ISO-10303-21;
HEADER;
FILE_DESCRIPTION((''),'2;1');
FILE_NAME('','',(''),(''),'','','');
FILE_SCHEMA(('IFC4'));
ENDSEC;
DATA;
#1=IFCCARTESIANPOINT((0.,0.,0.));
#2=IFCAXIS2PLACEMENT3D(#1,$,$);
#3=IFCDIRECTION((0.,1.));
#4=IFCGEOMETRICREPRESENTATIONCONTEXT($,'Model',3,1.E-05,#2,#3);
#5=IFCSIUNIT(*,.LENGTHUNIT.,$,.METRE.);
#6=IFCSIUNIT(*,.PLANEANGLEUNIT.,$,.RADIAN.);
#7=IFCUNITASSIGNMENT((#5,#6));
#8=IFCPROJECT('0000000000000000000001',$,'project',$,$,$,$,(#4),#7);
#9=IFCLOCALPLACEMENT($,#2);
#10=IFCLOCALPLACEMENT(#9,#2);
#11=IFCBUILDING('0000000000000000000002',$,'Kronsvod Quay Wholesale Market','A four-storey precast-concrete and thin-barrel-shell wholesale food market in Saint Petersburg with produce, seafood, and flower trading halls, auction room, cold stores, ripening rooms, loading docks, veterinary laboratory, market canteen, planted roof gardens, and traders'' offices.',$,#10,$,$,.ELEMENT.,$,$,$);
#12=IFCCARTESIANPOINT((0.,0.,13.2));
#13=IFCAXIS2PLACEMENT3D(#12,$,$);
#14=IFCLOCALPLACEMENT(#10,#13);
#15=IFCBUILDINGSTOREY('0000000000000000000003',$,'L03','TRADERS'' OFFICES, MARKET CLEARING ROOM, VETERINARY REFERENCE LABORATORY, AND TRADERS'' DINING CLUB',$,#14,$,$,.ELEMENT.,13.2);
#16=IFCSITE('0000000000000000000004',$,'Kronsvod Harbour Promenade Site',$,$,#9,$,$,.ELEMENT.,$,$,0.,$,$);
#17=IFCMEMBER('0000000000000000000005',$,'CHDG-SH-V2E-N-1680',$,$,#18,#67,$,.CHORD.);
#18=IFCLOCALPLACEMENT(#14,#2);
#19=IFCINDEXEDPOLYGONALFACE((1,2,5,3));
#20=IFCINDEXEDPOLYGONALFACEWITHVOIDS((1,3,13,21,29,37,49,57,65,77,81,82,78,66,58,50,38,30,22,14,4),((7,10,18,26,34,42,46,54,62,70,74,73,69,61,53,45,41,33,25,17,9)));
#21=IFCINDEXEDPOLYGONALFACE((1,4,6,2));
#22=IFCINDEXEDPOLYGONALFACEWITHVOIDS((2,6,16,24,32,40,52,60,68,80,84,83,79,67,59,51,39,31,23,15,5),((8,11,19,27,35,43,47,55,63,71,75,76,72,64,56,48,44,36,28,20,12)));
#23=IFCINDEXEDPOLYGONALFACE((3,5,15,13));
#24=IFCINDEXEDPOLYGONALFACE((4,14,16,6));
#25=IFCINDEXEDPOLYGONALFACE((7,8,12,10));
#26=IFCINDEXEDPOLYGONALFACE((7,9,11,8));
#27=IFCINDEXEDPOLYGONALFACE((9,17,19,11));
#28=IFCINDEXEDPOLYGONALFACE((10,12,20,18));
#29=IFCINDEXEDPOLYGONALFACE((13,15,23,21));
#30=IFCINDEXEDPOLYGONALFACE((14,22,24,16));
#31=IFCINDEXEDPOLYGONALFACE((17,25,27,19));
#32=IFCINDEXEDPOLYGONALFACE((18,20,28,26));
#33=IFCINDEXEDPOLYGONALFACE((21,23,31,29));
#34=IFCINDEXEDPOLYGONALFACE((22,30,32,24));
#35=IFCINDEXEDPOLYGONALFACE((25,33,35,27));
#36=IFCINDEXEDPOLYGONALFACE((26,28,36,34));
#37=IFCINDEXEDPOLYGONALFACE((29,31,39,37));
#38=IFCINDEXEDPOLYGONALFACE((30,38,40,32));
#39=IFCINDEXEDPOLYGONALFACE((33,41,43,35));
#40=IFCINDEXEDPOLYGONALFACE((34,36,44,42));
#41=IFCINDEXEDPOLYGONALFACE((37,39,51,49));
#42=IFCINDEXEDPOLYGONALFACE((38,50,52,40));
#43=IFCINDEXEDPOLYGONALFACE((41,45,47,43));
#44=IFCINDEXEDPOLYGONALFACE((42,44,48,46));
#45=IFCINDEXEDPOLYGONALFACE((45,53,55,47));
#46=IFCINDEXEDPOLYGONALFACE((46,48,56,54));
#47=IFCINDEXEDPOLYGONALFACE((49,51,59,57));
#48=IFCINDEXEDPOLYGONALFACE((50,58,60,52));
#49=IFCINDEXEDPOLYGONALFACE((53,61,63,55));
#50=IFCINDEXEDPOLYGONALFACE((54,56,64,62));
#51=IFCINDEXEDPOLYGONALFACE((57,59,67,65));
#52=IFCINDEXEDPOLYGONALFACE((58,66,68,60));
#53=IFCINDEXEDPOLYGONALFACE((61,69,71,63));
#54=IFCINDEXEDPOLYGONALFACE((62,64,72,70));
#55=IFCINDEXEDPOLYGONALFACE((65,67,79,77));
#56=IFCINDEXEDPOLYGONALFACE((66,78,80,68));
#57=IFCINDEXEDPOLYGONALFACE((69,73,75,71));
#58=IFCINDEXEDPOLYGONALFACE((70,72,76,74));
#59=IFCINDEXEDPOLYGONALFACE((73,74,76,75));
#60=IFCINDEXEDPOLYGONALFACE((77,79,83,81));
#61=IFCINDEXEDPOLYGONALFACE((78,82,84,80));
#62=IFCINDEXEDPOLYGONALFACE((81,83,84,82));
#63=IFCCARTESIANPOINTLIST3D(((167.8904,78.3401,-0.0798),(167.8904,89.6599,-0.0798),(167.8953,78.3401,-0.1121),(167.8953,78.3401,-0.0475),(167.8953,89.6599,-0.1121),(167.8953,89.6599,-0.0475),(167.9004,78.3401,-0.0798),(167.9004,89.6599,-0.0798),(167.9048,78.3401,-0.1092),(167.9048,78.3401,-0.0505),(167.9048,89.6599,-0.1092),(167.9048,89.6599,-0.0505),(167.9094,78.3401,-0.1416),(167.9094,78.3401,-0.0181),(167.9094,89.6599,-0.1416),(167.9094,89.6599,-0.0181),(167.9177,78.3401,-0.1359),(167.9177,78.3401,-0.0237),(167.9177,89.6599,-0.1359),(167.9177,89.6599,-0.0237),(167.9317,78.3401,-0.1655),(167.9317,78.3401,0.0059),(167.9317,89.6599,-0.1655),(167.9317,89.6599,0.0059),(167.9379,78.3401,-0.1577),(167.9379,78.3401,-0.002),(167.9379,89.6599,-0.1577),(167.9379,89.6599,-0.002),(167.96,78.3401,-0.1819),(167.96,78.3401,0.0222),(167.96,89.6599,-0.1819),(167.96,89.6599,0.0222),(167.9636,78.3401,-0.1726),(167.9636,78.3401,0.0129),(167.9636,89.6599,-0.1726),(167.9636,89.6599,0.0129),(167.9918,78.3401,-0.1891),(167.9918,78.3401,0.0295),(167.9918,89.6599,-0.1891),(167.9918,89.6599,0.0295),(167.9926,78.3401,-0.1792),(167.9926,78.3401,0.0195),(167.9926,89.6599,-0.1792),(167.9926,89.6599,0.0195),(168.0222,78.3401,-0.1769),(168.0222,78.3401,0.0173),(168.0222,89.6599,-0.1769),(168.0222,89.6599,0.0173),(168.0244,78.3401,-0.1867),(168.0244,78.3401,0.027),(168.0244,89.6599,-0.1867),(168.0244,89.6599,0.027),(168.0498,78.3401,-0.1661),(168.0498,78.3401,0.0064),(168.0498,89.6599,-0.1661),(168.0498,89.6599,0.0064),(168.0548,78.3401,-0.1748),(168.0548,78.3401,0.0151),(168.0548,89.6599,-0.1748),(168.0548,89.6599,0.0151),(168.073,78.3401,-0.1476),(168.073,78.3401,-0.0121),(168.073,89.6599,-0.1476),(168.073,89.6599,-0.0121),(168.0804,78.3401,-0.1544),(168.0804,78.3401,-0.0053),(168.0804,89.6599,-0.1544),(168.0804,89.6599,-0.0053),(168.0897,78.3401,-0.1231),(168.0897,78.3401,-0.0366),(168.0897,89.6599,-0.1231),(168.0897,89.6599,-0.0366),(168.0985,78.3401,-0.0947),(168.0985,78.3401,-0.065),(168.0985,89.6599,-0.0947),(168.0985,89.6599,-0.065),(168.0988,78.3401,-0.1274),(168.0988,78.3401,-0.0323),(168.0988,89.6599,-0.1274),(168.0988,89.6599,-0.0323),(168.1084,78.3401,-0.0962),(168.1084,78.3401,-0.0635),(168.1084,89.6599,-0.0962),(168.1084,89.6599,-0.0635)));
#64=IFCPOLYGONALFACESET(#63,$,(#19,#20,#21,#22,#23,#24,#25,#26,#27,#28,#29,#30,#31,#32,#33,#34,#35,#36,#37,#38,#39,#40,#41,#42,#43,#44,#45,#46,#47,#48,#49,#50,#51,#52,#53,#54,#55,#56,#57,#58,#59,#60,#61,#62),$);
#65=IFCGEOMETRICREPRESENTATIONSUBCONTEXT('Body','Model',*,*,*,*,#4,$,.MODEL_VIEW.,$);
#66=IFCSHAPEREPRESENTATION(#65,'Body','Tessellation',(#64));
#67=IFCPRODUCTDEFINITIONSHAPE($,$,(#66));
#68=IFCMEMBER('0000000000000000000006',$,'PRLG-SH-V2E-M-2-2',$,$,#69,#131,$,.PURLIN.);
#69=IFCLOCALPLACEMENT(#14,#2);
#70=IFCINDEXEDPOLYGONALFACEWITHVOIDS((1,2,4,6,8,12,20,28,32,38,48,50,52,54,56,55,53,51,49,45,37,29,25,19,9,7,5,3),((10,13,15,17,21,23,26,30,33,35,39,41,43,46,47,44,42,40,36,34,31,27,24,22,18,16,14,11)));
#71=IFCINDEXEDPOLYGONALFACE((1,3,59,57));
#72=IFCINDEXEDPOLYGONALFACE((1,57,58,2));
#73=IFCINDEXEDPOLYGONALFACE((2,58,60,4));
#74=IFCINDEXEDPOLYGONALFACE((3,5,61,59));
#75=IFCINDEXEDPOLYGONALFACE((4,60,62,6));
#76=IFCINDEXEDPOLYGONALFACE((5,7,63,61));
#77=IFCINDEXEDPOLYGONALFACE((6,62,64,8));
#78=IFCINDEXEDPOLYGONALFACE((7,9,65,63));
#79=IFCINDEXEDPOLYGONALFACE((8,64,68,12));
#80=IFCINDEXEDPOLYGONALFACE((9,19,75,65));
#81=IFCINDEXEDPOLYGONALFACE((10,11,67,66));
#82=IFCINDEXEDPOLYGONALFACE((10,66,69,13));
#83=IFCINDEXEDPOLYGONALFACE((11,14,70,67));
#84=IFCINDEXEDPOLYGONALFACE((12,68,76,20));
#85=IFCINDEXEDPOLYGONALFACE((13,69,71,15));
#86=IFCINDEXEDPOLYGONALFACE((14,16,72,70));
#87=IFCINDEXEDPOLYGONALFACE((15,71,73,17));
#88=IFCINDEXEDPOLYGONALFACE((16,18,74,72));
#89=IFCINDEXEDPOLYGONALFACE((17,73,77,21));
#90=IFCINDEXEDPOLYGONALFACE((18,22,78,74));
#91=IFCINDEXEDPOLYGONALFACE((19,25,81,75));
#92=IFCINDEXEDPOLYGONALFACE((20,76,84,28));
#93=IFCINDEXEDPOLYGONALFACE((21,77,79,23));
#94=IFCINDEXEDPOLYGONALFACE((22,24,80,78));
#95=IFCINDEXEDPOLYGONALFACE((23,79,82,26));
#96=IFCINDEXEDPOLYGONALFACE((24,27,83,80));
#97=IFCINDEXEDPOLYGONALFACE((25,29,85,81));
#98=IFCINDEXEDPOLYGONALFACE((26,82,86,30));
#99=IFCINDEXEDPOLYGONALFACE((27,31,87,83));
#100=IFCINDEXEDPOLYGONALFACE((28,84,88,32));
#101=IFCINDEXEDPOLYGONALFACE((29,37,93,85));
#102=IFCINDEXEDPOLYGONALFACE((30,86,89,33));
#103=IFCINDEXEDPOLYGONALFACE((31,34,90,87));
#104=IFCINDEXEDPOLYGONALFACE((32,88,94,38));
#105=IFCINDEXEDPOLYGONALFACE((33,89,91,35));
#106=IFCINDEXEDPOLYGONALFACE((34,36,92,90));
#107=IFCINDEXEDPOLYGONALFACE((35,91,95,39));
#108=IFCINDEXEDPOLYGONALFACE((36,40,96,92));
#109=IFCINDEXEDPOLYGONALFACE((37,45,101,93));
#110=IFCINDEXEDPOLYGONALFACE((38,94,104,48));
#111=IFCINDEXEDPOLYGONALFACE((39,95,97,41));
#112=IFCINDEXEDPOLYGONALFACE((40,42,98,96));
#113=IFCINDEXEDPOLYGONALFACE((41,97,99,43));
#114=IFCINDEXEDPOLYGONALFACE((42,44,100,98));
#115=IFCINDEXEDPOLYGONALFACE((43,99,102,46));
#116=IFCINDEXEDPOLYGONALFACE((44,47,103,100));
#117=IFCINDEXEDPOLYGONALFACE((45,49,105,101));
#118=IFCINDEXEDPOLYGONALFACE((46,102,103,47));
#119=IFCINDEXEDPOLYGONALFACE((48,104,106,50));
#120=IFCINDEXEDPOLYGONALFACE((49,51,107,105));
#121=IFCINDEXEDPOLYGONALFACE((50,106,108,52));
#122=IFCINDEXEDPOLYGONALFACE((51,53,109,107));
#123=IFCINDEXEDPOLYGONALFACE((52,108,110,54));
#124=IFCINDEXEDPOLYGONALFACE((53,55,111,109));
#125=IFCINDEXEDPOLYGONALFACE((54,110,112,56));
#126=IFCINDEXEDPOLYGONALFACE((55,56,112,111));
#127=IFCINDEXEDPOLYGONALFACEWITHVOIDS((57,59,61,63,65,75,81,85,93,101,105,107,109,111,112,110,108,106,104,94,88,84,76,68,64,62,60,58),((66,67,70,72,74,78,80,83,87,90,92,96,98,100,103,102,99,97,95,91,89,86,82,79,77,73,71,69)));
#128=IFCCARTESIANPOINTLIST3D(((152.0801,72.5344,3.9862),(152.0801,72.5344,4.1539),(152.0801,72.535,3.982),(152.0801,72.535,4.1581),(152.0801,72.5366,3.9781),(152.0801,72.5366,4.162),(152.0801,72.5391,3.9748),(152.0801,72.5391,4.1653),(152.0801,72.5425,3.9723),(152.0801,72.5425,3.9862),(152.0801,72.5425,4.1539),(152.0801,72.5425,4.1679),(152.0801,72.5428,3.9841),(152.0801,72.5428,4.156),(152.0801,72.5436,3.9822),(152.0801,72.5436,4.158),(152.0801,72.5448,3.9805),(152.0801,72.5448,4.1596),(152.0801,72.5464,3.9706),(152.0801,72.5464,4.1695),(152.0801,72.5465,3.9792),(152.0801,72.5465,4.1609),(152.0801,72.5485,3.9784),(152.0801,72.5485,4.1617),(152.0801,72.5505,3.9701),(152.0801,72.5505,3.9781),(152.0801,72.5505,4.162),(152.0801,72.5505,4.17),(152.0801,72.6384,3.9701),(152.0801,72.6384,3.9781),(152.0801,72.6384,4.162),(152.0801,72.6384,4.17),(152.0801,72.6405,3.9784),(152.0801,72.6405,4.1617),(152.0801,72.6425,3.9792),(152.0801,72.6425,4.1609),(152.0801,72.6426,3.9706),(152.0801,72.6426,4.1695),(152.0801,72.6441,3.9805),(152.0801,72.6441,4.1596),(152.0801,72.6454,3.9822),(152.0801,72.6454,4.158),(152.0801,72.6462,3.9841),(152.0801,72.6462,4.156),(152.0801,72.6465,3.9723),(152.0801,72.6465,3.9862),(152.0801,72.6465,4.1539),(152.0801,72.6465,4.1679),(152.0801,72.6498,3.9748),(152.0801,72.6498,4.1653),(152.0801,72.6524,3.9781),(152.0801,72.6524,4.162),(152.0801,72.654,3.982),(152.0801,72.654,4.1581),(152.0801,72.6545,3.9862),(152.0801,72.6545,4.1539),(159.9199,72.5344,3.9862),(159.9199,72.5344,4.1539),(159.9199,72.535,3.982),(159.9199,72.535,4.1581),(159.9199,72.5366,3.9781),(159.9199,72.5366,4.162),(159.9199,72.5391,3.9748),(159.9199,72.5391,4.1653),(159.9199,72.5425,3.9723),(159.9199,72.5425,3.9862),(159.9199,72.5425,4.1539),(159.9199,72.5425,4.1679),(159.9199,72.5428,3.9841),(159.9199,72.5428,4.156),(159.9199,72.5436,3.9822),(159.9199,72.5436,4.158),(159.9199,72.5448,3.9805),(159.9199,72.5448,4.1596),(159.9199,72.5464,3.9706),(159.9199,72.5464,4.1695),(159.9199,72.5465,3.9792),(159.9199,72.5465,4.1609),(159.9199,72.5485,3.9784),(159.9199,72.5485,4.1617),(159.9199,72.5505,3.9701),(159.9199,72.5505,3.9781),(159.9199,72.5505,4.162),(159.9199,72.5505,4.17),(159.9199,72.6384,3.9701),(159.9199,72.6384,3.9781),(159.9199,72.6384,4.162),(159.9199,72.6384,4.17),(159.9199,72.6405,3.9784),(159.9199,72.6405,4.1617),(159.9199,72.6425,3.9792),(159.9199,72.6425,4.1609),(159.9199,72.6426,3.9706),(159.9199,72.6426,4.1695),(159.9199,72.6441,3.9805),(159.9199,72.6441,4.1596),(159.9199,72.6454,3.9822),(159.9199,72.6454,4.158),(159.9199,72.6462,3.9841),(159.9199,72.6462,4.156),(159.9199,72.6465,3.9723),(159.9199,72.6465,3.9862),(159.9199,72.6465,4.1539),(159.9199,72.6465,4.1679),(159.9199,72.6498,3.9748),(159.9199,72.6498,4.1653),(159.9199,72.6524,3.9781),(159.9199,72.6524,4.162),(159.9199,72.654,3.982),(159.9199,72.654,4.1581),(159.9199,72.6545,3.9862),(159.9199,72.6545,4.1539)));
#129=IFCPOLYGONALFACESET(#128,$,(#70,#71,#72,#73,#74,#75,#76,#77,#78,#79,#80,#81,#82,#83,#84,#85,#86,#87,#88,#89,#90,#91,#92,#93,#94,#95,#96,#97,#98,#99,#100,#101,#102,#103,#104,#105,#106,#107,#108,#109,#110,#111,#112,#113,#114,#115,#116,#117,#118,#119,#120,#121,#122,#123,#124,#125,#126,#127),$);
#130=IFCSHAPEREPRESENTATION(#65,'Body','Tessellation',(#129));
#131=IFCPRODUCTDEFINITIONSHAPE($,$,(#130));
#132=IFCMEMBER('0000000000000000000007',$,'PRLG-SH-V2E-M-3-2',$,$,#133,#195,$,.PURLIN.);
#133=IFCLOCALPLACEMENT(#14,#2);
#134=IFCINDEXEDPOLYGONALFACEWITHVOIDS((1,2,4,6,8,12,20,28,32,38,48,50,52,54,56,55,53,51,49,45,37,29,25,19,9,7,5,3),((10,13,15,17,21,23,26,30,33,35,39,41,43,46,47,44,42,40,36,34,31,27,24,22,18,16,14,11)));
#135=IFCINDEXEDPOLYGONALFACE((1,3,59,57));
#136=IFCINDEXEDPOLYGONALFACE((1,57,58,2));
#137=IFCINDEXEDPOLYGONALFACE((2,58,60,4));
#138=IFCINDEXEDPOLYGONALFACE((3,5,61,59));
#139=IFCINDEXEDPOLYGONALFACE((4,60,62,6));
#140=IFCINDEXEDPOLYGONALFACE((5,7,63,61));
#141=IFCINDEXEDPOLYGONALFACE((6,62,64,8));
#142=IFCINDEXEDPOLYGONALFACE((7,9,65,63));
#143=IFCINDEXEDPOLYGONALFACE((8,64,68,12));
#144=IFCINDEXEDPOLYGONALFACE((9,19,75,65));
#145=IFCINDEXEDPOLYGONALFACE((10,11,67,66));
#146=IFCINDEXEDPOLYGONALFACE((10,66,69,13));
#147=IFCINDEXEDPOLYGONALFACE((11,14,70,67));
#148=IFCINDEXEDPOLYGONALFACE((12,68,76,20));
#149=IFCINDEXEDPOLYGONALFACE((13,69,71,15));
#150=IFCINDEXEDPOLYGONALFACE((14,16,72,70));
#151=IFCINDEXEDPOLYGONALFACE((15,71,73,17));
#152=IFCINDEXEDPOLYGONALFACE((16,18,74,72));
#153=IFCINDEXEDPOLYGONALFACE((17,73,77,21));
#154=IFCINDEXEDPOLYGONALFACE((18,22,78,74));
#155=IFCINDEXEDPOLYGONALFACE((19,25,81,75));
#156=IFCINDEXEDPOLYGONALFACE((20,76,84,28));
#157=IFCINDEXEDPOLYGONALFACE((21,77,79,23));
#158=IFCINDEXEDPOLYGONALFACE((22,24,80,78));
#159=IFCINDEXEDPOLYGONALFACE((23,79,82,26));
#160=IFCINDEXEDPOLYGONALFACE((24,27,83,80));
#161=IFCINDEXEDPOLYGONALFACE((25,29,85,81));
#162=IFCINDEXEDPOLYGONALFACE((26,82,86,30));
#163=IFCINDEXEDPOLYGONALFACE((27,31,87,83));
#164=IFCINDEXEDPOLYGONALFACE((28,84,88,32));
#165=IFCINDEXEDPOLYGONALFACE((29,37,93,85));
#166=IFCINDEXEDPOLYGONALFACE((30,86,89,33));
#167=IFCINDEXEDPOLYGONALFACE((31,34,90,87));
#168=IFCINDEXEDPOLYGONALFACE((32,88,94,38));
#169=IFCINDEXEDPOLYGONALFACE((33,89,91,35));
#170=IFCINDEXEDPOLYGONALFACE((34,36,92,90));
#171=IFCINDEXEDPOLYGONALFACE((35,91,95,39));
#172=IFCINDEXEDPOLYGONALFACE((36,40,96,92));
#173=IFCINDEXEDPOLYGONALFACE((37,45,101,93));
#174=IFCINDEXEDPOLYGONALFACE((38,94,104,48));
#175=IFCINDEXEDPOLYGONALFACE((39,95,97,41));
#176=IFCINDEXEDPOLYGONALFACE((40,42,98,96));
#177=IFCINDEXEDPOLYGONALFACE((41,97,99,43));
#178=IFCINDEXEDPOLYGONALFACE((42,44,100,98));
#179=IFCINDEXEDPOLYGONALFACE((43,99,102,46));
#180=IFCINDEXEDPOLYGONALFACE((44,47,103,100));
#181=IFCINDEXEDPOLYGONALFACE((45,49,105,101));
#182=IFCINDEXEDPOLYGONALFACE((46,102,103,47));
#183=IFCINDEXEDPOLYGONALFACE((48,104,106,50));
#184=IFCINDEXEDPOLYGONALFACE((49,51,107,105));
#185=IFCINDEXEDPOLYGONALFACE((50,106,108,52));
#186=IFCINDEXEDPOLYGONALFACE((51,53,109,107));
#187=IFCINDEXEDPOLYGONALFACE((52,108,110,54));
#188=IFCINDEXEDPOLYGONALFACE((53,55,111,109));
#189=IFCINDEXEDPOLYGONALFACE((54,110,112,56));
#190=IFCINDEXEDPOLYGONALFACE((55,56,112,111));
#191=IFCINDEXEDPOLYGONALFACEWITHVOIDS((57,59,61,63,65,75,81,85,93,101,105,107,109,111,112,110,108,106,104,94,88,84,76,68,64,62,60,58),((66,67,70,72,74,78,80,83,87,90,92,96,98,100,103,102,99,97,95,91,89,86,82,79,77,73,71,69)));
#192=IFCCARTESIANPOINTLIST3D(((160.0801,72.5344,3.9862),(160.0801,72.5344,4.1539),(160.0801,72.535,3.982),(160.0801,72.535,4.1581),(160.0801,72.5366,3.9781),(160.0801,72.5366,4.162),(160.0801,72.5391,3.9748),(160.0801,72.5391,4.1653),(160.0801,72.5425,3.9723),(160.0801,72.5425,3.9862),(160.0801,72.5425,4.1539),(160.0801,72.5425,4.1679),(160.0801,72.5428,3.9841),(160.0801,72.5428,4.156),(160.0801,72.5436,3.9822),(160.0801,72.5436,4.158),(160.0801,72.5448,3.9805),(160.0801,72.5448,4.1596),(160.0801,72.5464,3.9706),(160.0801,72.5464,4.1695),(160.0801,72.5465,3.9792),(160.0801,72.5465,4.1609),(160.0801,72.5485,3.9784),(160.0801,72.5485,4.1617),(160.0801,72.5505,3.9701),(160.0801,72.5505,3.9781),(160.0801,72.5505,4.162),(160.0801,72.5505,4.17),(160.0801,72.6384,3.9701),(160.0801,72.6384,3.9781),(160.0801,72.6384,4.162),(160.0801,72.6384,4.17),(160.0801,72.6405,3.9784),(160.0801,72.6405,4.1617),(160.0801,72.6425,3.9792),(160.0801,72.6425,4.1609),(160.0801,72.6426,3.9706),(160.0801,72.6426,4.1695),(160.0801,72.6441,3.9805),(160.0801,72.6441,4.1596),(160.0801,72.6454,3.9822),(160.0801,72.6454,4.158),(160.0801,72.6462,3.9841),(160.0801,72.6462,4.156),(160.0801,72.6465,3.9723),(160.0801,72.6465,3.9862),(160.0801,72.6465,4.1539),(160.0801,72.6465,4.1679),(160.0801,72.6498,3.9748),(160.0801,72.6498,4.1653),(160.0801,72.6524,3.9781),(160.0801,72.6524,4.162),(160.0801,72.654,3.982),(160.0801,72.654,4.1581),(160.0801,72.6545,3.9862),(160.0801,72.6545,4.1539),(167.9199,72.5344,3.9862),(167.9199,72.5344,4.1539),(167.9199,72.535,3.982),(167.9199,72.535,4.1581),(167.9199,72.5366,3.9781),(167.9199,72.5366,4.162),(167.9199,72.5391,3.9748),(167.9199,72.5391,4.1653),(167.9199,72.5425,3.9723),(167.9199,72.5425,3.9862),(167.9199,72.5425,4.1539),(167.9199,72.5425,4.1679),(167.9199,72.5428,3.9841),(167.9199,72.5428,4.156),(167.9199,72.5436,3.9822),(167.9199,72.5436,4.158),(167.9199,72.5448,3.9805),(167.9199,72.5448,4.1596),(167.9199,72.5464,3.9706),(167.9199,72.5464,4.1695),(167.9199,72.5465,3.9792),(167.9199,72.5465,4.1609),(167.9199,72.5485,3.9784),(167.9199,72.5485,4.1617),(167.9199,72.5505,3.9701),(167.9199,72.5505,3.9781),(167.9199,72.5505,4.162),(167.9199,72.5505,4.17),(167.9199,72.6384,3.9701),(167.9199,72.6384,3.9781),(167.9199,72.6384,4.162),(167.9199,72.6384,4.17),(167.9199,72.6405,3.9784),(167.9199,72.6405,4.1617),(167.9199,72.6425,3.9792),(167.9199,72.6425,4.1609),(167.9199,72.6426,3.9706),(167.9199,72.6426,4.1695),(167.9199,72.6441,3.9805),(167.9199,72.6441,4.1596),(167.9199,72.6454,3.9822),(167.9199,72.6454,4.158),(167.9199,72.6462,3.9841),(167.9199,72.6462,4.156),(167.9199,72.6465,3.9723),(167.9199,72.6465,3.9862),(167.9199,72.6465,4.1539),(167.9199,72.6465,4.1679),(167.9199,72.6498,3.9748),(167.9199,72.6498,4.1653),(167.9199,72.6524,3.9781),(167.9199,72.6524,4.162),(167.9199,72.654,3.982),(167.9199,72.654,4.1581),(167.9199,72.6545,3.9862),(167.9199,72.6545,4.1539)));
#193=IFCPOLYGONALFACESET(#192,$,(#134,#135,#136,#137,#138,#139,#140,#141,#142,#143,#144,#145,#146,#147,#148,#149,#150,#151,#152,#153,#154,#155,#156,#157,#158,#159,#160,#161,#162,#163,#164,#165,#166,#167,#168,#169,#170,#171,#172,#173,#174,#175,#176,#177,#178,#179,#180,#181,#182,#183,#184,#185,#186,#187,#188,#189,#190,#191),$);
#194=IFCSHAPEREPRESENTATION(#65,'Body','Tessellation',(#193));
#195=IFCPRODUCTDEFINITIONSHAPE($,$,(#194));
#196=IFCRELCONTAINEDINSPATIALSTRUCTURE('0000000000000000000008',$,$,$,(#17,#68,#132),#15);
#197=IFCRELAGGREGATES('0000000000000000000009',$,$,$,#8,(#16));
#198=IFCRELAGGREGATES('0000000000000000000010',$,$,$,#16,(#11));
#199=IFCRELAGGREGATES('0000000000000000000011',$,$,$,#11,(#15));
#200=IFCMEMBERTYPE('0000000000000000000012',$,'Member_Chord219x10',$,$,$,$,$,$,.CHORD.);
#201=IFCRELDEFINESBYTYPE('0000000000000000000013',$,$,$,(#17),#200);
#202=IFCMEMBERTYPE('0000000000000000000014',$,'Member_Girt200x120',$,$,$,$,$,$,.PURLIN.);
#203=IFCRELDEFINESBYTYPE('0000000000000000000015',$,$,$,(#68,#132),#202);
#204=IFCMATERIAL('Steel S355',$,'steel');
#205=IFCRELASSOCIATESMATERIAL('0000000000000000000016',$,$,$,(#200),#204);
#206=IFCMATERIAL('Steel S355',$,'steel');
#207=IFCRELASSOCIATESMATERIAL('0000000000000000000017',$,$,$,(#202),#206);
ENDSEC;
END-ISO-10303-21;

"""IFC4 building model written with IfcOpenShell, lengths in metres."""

from ifc_helpers import new_model, si_unit, direction, frame, origin, origin_2d, place, context, subcontext, project, spatial, hollow_rectangle, hollow_circle, extrude, material, material_profile, profile_set, type_object, element, save


model = new_model("IFC4")

# Units and contexts
model_context = context("Model", 3, precision=1e-05, world=origin(), true_north=direction((0.0, 1.0)))
body_context = subcontext(model_context, "Body", "Model", "MODEL_VIEW")
ifc_project = project(units=[si_unit("LENGTHUNIT", "METRE"), si_unit("PLANEANGLEUNIT", "RADIAN")], contexts=[model_context])

# Site, building, storey
site_placement = place(None, origin())
site = spatial("IfcSite", under=ifc_project, at=site_placement, Name="Kronsvod Harbour Promenade Site", CompositionType="ELEMENT", RefElevation=0.0)
building_placement = place(site_placement, origin())
building = spatial("IfcBuilding", under=site, at=building_placement, Name="Kronsvod Quay Wholesale Market", Description="A four-storey precast-concrete and thin-barrel-shell wholesale food market in Saint Petersburg with produce, seafood, and flower trading halls, auction room, cold stores, ripening rooms, loading docks, veterinary laboratory, market canteen, planted roof gardens, and traders' offices.", CompositionType="ELEMENT")
storey_placement = place(building_placement, frame((0.0, 0.0, 13.2)))
storey = spatial("IfcBuildingStorey", under=building, at=storey_placement, Name="L03", Description="TRADERS' OFFICES, MARKET CLEARING ROOM, VETERINARY REFERENCE LABORATORY, AND TRADERS' DINING CLUB", CompositionType="ELEMENT", Elevation=13.2)

# Members
ifc_material_1 = material(Name="Steel S355", Category="steel")
ifc_material_profile_1 = material_profile(ifc_material_1, hollow_circle(Radius=0.1096, WallThickness=0.01, at=origin_2d()), Name="CHS219x10")
ifc_profile_set_1 = profile_set([ifc_material_profile_1], Name="Steel S355")
member_type_1 = type_object("IfcMemberType", Name="Member_Chord219x10", PredefinedType="CHORD", material=ifc_profile_set_1)
for number, where, z_axis, x_axis, name in (
    (1, (168.0, 78.3401, -0.0798), (0.0, 1.0, 0.0), (-1.0, 0.0, 0.0), "CHDG-SH-V2E-N-1680"),
):
    element("IfcMember", number, at=place(storey_placement, frame(where, z_axis=z_axis, x_axis=x_axis)), inside=storey, type_object=member_type_1, Name=name, PredefinedType="CHORD", context=body_context, shape_type="SweptSolid", body=[
        extrude(hollow_circle(Radius=0.1096, WallThickness=0.01, at=origin_2d()), origin(), (0.0, 0.0, 1.0), 11.3198),
    ])
ifc_material_2 = material(Name="Steel S355", Category="steel")
ifc_material_profile_2 = material_profile(ifc_material_2, hollow_rectangle(XDim=0.1201, YDim=0.2, WallThickness=0.0081, InnerFilletRadius=0.0081, OuterFilletRadius=0.0161, at=origin_2d()), Name="RHS200x120x8")
ifc_profile_set_2 = profile_set([ifc_material_profile_2], Name="Steel S355")
member_type_2 = type_object("IfcMemberType", Name="Member_Girt200x120", PredefinedType="PURLIN", material=ifc_profile_set_2)
for number, where, z_axis, x_axis, name in (
    (2, (152.0801, 72.5945, 4.0701), (1.0, 0.0, 0.0), (0.0, 1.0, 0.0), "PRLG-SH-V2E-M-2-2"),
    (3, (160.0801, 72.5945, 4.0701), (1.0, 0.0, 0.0), (0.0, 1.0, 0.0), "PRLG-SH-V2E-M-3-2"),
):
    element("IfcMember", number, at=place(storey_placement, frame(where, z_axis=z_axis, x_axis=x_axis)), inside=storey, type_object=member_type_2, Name=name, PredefinedType="PURLIN", context=body_context, shape_type="SweptSolid", body=[
        extrude(hollow_rectangle(XDim=0.1201, YDim=0.2, WallThickness=0.0081, InnerFilletRadius=0.0081, OuterFilletRadius=0.0161, at=origin_2d()), origin(), (0.0, 0.0, 1.0), 7.8398),
    ])

save(model, "model.ifc")
